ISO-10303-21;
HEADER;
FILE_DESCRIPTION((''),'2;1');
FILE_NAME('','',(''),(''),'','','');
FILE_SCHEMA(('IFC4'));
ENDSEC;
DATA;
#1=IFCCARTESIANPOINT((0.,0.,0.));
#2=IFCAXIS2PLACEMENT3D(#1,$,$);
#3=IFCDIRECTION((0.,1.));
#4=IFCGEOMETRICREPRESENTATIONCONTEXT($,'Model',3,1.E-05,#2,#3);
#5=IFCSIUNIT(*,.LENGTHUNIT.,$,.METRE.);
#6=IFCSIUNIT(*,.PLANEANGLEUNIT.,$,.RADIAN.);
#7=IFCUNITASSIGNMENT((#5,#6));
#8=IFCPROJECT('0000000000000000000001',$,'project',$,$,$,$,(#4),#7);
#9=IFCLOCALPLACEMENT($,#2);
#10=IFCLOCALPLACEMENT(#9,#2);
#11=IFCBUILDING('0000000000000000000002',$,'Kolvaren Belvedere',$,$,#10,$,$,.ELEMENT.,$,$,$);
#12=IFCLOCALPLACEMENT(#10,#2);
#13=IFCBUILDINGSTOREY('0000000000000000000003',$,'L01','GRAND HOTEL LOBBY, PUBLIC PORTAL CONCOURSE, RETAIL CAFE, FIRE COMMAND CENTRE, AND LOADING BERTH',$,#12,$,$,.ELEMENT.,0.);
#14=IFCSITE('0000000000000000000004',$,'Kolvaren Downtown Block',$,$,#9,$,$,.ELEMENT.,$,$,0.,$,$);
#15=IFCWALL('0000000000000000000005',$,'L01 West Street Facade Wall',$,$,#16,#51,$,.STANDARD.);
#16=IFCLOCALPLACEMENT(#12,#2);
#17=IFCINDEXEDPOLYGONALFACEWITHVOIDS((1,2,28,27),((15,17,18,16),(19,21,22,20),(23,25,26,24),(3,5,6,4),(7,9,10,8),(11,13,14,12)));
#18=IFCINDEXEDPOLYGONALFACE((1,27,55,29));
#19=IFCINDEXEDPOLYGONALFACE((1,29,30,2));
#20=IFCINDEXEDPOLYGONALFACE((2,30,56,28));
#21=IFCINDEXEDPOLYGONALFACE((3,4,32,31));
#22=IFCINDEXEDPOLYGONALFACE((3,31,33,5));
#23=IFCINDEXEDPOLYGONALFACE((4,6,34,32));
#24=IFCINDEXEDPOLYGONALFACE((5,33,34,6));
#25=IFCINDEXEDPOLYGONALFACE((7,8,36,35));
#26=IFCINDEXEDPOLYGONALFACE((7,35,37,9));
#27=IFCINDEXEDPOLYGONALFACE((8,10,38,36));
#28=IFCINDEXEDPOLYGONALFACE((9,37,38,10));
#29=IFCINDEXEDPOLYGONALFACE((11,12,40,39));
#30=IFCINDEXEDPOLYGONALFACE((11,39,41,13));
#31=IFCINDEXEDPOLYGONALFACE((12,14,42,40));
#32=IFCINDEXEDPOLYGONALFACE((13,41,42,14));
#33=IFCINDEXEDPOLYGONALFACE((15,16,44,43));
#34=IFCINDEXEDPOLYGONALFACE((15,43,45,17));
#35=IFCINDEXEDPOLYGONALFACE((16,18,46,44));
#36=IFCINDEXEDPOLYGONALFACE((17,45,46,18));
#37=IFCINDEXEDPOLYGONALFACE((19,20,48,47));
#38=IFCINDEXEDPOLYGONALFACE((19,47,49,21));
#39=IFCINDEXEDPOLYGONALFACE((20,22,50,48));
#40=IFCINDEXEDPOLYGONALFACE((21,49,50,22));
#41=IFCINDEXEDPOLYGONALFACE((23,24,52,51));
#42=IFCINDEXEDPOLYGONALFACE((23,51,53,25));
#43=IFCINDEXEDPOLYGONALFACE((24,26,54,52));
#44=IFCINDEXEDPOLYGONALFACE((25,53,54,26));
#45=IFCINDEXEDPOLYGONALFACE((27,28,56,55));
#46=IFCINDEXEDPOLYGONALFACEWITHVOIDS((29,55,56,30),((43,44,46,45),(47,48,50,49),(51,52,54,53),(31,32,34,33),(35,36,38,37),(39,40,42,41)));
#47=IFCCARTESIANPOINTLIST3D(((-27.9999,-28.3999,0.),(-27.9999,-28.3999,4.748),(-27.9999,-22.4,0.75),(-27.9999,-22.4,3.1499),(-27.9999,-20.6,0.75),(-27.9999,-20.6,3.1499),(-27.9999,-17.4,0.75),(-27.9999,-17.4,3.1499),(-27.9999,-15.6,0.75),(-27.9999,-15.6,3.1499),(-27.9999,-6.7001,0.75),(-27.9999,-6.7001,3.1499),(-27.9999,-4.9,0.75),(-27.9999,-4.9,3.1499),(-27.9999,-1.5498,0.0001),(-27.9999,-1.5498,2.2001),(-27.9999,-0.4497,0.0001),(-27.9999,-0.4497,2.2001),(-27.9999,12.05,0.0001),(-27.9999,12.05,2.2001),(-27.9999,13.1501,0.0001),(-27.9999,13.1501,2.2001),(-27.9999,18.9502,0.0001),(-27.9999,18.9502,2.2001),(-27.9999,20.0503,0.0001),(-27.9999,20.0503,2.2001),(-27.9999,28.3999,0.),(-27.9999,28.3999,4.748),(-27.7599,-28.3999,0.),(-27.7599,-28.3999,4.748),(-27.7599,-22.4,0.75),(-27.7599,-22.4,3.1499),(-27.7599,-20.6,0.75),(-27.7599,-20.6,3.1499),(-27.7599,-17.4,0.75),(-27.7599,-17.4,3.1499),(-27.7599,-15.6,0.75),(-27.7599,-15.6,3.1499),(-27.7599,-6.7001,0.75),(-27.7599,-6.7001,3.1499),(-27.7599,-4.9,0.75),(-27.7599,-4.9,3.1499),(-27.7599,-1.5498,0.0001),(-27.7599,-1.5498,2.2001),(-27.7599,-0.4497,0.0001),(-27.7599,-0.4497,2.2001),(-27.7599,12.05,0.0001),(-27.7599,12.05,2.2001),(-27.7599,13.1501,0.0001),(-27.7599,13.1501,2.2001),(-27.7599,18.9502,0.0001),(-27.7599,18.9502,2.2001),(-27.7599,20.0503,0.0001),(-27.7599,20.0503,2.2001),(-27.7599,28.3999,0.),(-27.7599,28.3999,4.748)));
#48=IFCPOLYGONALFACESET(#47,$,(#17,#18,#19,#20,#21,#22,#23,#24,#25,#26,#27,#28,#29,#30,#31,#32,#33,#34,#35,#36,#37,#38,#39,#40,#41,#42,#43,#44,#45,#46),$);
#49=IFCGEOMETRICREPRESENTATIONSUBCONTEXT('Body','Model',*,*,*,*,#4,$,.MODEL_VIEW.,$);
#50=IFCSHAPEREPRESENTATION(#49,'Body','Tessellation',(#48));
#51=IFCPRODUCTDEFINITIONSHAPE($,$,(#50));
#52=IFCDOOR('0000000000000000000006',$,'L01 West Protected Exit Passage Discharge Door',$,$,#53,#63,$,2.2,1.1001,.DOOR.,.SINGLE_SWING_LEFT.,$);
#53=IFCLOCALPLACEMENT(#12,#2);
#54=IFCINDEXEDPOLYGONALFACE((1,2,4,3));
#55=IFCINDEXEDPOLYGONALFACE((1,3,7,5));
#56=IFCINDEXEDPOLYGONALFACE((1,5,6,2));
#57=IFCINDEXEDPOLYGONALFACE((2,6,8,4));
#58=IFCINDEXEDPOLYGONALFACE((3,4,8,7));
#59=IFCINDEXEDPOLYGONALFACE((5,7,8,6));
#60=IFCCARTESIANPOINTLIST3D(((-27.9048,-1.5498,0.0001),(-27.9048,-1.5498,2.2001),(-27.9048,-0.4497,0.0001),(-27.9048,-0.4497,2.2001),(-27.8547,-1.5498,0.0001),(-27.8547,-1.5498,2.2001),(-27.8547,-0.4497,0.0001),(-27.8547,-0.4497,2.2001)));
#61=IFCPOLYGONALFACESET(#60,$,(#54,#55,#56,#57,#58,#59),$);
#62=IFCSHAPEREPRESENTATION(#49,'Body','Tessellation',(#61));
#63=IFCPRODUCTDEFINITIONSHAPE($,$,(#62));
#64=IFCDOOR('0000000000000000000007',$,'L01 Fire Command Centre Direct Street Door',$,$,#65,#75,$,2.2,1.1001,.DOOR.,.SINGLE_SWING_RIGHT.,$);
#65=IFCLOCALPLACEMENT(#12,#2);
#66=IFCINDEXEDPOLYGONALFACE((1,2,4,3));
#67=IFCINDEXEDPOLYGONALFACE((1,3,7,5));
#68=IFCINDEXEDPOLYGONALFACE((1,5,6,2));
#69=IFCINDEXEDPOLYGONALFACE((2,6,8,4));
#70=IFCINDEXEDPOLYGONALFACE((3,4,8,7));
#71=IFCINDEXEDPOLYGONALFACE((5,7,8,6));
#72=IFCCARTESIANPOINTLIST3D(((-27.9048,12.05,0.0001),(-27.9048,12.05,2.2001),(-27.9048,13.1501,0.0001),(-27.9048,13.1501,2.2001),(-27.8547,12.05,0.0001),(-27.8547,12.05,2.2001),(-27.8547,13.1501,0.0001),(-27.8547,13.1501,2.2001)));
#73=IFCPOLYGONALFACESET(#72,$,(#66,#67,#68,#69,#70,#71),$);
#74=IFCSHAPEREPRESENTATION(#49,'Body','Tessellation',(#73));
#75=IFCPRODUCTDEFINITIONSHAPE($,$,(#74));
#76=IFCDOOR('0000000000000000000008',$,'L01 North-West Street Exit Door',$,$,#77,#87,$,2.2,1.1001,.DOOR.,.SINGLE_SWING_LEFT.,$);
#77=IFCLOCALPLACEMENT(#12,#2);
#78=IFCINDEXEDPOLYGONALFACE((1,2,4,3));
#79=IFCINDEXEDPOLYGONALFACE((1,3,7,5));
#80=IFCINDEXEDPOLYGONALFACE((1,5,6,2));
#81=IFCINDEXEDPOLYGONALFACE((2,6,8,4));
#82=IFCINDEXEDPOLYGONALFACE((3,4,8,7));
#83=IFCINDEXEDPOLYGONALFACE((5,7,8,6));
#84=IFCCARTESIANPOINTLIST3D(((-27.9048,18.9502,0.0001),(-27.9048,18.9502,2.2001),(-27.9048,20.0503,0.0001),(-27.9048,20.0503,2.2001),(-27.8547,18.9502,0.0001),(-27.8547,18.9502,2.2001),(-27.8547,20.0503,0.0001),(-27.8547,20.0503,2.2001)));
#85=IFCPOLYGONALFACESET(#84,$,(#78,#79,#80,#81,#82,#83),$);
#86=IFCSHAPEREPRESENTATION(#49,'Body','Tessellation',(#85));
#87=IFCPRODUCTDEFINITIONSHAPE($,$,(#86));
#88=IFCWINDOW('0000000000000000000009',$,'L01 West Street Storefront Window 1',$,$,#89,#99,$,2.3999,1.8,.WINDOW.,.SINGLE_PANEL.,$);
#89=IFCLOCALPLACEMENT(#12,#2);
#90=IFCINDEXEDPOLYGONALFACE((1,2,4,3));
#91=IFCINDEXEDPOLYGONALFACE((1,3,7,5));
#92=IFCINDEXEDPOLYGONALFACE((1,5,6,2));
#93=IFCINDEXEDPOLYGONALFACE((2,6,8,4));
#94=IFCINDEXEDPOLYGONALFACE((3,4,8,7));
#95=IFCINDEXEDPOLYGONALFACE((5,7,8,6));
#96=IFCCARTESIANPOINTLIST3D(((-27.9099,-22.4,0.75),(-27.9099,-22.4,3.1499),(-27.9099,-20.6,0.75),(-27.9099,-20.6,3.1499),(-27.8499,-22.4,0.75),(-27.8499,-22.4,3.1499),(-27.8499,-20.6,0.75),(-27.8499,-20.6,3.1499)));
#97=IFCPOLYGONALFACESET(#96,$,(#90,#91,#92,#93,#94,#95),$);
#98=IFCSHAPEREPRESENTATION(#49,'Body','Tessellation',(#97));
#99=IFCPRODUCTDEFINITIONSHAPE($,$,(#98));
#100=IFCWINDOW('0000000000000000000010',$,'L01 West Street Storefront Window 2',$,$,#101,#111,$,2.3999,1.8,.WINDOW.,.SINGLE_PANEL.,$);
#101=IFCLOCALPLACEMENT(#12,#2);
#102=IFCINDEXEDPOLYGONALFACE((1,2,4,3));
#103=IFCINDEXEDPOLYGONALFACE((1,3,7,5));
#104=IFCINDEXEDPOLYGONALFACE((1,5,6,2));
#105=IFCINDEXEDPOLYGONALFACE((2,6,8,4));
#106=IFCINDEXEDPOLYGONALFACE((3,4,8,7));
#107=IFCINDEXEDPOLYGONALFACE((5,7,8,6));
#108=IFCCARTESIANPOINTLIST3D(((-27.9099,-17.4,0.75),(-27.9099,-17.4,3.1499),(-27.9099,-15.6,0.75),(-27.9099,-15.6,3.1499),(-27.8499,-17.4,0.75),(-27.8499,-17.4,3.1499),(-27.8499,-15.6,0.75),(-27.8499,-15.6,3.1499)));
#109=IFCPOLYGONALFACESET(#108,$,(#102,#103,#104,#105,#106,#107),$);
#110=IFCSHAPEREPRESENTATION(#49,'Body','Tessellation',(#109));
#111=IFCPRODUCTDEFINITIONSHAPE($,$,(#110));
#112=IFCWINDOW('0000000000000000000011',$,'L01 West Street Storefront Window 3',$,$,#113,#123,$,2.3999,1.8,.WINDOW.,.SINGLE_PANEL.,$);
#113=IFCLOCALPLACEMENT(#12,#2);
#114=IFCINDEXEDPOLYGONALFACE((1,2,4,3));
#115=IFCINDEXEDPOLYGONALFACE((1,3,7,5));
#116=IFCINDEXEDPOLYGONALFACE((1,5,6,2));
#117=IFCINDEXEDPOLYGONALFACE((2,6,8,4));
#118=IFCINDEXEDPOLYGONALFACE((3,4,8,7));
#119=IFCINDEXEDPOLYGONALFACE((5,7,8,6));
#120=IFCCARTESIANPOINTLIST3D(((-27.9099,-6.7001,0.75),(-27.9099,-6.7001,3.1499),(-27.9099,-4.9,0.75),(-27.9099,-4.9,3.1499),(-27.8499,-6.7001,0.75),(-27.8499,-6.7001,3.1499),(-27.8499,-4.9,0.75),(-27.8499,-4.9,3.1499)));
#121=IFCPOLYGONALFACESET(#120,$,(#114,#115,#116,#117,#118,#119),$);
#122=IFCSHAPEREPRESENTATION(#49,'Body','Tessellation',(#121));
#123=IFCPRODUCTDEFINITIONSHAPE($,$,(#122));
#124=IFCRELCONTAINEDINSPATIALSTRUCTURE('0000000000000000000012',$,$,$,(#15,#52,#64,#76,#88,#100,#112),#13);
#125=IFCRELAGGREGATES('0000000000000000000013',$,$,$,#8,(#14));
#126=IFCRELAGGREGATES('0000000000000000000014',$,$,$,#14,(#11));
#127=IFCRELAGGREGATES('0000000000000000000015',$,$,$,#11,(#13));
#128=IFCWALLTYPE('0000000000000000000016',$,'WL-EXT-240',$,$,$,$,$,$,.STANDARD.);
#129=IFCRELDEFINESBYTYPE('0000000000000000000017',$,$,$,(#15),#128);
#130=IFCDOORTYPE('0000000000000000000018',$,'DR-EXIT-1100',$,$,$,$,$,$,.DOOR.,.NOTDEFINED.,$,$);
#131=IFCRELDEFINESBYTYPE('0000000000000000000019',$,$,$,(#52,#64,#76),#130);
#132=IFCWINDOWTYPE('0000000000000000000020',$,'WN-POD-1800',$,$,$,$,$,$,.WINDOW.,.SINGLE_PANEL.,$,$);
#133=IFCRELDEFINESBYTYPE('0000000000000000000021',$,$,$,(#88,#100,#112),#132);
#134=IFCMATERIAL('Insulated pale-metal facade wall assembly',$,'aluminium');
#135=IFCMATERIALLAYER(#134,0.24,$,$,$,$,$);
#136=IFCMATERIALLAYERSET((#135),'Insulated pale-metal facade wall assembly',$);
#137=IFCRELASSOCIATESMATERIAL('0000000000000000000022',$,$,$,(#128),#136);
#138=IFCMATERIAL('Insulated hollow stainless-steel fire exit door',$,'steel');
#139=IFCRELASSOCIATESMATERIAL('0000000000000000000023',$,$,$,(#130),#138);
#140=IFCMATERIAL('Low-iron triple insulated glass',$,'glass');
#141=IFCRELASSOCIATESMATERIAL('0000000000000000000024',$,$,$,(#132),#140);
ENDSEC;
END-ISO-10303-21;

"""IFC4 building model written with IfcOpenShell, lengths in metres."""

from ifc_helpers import new_model, si_unit, direction, frame, frame_2d, origin, place, context, subcontext, project, spatial, rectangle, extrude, material, layer, layer_set, type_object, element, fill, save


model = new_model("IFC4")

# Units and contexts
model_context = context("Model", 3, precision=1e-05, world=origin(), true_north=direction((0.0, 1.0)))
body_context = subcontext(model_context, "Body", "Model", "MODEL_VIEW")
ifc_project = project(units=[si_unit("LENGTHUNIT", "METRE"), si_unit("PLANEANGLEUNIT", "RADIAN")], contexts=[model_context])

# Site, building, storey
site_placement = place(None, origin())
site = spatial("IfcSite", under=ifc_project, at=site_placement, Name="Kolvaren Downtown Block", CompositionType="ELEMENT", RefElevation=0.0)
building_placement = place(site_placement, origin())
building = spatial("IfcBuilding", under=site, at=building_placement, Name="Kolvaren Belvedere", CompositionType="ELEMENT")
storey_placement = place(building_placement, origin())
storey = spatial("IfcBuildingStorey", under=building, at=storey_placement, Name="L01", Description="GRAND HOTEL LOBBY, PUBLIC PORTAL CONCOURSE, RETAIL CAFE, FIRE COMMAND CENTRE, AND LOADING BERTH", CompositionType="ELEMENT", Elevation=0.0)

# Shared definitions
ifc_material_1 = material(Name="Insulated pale-metal facade wall assembly", Category="aluminium")
ifc_layer_1 = layer(ifc_material_1, 0.24)
ifc_layer_set_1 = layer_set([ifc_layer_1], Name="Insulated pale-metal facade wall assembly")
wall_type_1 = type_object("IfcWallType", Name="WL-EXT-240", PredefinedType="STANDARD", material=ifc_layer_set_1)

# Wall, openings, doors, windows
wall_1_placement = place(storey_placement, frame((-27.8799, -28.3999, 0.0), z_axis=(0.0, 0.0, 1.0), x_axis=(0.0, 1.0, 0.0)))
wall_1 = element("IfcWall", 1, at=wall_1_placement, inside=storey, type_object=wall_type_1, Name="L01 West Street Facade Wall", PredefinedType="STANDARD", context=body_context, shape_type="SweptSolid", body=[
    extrude(rectangle(XDim=56.7998, YDim=0.24, at=frame_2d((28.3999, 0.0))), origin(), (0.0, 0.0, 1.0), 4.748),
])
opening_1_placement = place(wall_1_placement, frame((26.8501, 0.0, 0.0)))
opening_1 = element("IfcOpeningElement", 2, at=opening_1_placement, cuts=wall_1, PredefinedType="OPENING", context=body_context, shape_type="SweptSolid", body=[
    extrude(rectangle(XDim=1.1001, YDim=2.2, at=frame_2d((0.55, 1.1001))), frame((0.0, 0.1299, 0.0), z_axis=(0.0, -1.0, 0.0), x_axis=(1.0, 0.0, 0.0)), (0.0, 0.0, 1.0), 0.26),
])
opening_2_placement = place(wall_1_placement, frame((40.45, 0.0, 0.0)))
opening_2 = element("IfcOpeningElement", 3, at=opening_2_placement, cuts=wall_1, PredefinedType="OPENING", context=body_context, shape_type="SweptSolid", body=[
    extrude(rectangle(XDim=1.1001, YDim=2.2, at=frame_2d((0.55, 1.1001))), frame((0.0, 0.1299, 0.0), z_axis=(0.0, -1.0, 0.0), x_axis=(1.0, 0.0, 0.0)), (0.0, 0.0, 1.0), 0.26),
])
opening_3_placement = place(wall_1_placement, frame((47.3501, 0.0, 0.0)))
opening_3 = element("IfcOpeningElement", 4, at=opening_3_placement, cuts=wall_1, PredefinedType="OPENING", context=body_context, shape_type="SweptSolid", body=[
    extrude(rectangle(XDim=1.1001, YDim=2.2, at=frame_2d((0.55, 1.1001))), frame((0.0, 0.1299, 0.0), z_axis=(0.0, -1.0, 0.0), x_axis=(1.0, 0.0, 0.0)), (0.0, 0.0, 1.0), 0.26),
])
opening_4_placement = place(wall_1_placement, frame((6.0, 0.0, 0.75)))
opening_4 = element("IfcOpeningElement", 5, at=opening_4_placement, cuts=wall_1, PredefinedType="OPENING", context=body_context, shape_type="SweptSolid", body=[
    extrude(rectangle(XDim=1.8, YDim=2.3999, at=frame_2d((0.8999, 1.2))), frame((0.0, 0.1299, 0.0), z_axis=(0.0, -1.0, 0.0), x_axis=(1.0, 0.0, 0.0)), (0.0, 0.0, 1.0), 0.26),
])
opening_5_placement = place(wall_1_placement, frame((11.0, 0.0, 0.75)))
opening_5 = element("IfcOpeningElement", 6, at=opening_5_placement, cuts=wall_1, PredefinedType="OPENING", context=body_context, shape_type="SweptSolid", body=[
    extrude(rectangle(XDim=1.8, YDim=2.3999, at=frame_2d((0.8999, 1.2))), frame((0.0, 0.1299, 0.0), z_axis=(0.0, -1.0, 0.0), x_axis=(1.0, 0.0, 0.0)), (0.0, 0.0, 1.0), 0.26),
])
opening_6_placement = place(wall_1_placement, frame((21.7, 0.0, 0.75)))
opening_6 = element("IfcOpeningElement", 7, at=opening_6_placement, cuts=wall_1, PredefinedType="OPENING", context=body_context, shape_type="SweptSolid", body=[
    extrude(rectangle(XDim=1.8, YDim=2.3999, at=frame_2d((0.8999, 1.2))), frame((0.0, 0.1299, 0.0), z_axis=(0.0, -1.0, 0.0), x_axis=(1.0, 0.0, 0.0)), (0.0, 0.0, 1.0), 0.26),
])
ifc_material_2 = material(Name="Insulated hollow stainless-steel fire exit door", Category="steel")
door_type_1 = type_object("IfcDoorType", Name="DR-EXIT-1100", OperationType="NOTDEFINED", PredefinedType="DOOR", material=ifc_material_2)
door_1_placement = place(opening_1_placement, origin())
door_1 = element("IfcDoor", 8, at=door_1_placement, inside=storey, type_object=door_type_1, Name="L01 West Protected Exit Passage Discharge Door", OperationType="SINGLE_SWING_LEFT", OverallHeight=2.2, OverallWidth=1.1001, PredefinedType="DOOR", context=body_context, shape_type="SweptSolid", body=[
    extrude(rectangle(XDim=1.1001, YDim=2.2, at=frame_2d((0.55, 1.1001))), frame((0.0, 0.0249, 0.0), z_axis=(0.0, -1.0, 0.0), x_axis=(1.0, 0.0, 0.0)), (0.0, 0.0, 1.0), 0.05),
])
fill(opening_1, door_1)
door_2_placement = place(opening_2_placement, origin())
door_2 = element("IfcDoor", 9, at=door_2_placement, inside=storey, type_object=door_type_1, Name="L01 Fire Command Centre Direct Street Door", OperationType="SINGLE_SWING_RIGHT", OverallHeight=2.2, OverallWidth=1.1001, PredefinedType="DOOR", context=body_context, shape_type="SweptSolid", body=[
    extrude(rectangle(XDim=1.1001, YDim=2.2, at=frame_2d((0.55, 1.1001))), frame((0.0, 0.0249, 0.0), z_axis=(0.0, -1.0, 0.0), x_axis=(1.0, 0.0, 0.0)), (0.0, 0.0, 1.0), 0.05),
])
fill(opening_2, door_2)
door_3_placement = place(opening_3_placement, origin())
door_3 = element("IfcDoor", 10, at=door_3_placement, inside=storey, type_object=door_type_1, Name="L01 North-West Street Exit Door", OperationType="SINGLE_SWING_LEFT", OverallHeight=2.2, OverallWidth=1.1001, PredefinedType="DOOR", context=body_context, shape_type="SweptSolid", body=[
    extrude(rectangle(XDim=1.1001, YDim=2.2, at=frame_2d((0.55, 1.1001))), frame((0.0, 0.0249, 0.0), z_axis=(0.0, -1.0, 0.0), x_axis=(1.0, 0.0, 0.0)), (0.0, 0.0, 1.0), 0.05),
])
fill(opening_3, door_3)
ifc_material_3 = material(Name="Low-iron triple insulated glass", Category="glass")
window_type = type_object("IfcWindowType", Name="WN-POD-1800", PartitioningType="SINGLE_PANEL", PredefinedType="WINDOW", material=ifc_material_3)
window_1_placement = place(opening_4_placement, origin())
window_1 = element("IfcWindow", 11, at=window_1_placement, inside=storey, type_object=window_type, Name="L01 West Street Storefront Window 1", OverallHeight=2.3999, OverallWidth=1.8, PartitioningType="SINGLE_PANEL", PredefinedType="WINDOW", context=body_context, shape_type="SweptSolid", body=[
    extrude(rectangle(XDim=1.8, YDim=2.3999, at=frame_2d((0.8999, 1.2))), frame((0.0, 0.03, 0.0), z_axis=(0.0, -1.0, 0.0), x_axis=(1.0, 0.0, 0.0)), (0.0, 0.0, 1.0), 0.0601),
])
fill(opening_4, window_1)
window_2_placement = place(opening_5_placement, origin())
window_2 = element("IfcWindow", 12, at=window_2_placement, inside=storey, type_object=window_type, Name="L01 West Street Storefront Window 2", OverallHeight=2.3999, OverallWidth=1.8, PartitioningType="SINGLE_PANEL", PredefinedType="WINDOW", context=body_context, shape_type="SweptSolid", body=[
    extrude(rectangle(XDim=1.8, YDim=2.3999, at=frame_2d((0.8999, 1.2))), frame((0.0, 0.03, 0.0), z_axis=(0.0, -1.0, 0.0), x_axis=(1.0, 0.0, 0.0)), (0.0, 0.0, 1.0), 0.0601),
])
fill(opening_5, window_2)
window_3_placement = place(opening_6_placement, origin())
window_3 = element("IfcWindow", 13, at=window_3_placement, inside=storey, type_object=window_type, Name="L01 West Street Storefront Window 3", OverallHeight=2.3999, OverallWidth=1.8, PartitioningType="SINGLE_PANEL", PredefinedType="WINDOW", context=body_context, shape_type="SweptSolid", body=[
    extrude(rectangle(XDim=1.8, YDim=2.3999, at=frame_2d((0.8999, 1.2))), frame((0.0, 0.03, 0.0), z_axis=(0.0, -1.0, 0.0), x_axis=(1.0, 0.0, 0.0)), (0.0, 0.0, 1.0), 0.0601),
])
fill(opening_6, window_3)

save(model, "model.ifc")
